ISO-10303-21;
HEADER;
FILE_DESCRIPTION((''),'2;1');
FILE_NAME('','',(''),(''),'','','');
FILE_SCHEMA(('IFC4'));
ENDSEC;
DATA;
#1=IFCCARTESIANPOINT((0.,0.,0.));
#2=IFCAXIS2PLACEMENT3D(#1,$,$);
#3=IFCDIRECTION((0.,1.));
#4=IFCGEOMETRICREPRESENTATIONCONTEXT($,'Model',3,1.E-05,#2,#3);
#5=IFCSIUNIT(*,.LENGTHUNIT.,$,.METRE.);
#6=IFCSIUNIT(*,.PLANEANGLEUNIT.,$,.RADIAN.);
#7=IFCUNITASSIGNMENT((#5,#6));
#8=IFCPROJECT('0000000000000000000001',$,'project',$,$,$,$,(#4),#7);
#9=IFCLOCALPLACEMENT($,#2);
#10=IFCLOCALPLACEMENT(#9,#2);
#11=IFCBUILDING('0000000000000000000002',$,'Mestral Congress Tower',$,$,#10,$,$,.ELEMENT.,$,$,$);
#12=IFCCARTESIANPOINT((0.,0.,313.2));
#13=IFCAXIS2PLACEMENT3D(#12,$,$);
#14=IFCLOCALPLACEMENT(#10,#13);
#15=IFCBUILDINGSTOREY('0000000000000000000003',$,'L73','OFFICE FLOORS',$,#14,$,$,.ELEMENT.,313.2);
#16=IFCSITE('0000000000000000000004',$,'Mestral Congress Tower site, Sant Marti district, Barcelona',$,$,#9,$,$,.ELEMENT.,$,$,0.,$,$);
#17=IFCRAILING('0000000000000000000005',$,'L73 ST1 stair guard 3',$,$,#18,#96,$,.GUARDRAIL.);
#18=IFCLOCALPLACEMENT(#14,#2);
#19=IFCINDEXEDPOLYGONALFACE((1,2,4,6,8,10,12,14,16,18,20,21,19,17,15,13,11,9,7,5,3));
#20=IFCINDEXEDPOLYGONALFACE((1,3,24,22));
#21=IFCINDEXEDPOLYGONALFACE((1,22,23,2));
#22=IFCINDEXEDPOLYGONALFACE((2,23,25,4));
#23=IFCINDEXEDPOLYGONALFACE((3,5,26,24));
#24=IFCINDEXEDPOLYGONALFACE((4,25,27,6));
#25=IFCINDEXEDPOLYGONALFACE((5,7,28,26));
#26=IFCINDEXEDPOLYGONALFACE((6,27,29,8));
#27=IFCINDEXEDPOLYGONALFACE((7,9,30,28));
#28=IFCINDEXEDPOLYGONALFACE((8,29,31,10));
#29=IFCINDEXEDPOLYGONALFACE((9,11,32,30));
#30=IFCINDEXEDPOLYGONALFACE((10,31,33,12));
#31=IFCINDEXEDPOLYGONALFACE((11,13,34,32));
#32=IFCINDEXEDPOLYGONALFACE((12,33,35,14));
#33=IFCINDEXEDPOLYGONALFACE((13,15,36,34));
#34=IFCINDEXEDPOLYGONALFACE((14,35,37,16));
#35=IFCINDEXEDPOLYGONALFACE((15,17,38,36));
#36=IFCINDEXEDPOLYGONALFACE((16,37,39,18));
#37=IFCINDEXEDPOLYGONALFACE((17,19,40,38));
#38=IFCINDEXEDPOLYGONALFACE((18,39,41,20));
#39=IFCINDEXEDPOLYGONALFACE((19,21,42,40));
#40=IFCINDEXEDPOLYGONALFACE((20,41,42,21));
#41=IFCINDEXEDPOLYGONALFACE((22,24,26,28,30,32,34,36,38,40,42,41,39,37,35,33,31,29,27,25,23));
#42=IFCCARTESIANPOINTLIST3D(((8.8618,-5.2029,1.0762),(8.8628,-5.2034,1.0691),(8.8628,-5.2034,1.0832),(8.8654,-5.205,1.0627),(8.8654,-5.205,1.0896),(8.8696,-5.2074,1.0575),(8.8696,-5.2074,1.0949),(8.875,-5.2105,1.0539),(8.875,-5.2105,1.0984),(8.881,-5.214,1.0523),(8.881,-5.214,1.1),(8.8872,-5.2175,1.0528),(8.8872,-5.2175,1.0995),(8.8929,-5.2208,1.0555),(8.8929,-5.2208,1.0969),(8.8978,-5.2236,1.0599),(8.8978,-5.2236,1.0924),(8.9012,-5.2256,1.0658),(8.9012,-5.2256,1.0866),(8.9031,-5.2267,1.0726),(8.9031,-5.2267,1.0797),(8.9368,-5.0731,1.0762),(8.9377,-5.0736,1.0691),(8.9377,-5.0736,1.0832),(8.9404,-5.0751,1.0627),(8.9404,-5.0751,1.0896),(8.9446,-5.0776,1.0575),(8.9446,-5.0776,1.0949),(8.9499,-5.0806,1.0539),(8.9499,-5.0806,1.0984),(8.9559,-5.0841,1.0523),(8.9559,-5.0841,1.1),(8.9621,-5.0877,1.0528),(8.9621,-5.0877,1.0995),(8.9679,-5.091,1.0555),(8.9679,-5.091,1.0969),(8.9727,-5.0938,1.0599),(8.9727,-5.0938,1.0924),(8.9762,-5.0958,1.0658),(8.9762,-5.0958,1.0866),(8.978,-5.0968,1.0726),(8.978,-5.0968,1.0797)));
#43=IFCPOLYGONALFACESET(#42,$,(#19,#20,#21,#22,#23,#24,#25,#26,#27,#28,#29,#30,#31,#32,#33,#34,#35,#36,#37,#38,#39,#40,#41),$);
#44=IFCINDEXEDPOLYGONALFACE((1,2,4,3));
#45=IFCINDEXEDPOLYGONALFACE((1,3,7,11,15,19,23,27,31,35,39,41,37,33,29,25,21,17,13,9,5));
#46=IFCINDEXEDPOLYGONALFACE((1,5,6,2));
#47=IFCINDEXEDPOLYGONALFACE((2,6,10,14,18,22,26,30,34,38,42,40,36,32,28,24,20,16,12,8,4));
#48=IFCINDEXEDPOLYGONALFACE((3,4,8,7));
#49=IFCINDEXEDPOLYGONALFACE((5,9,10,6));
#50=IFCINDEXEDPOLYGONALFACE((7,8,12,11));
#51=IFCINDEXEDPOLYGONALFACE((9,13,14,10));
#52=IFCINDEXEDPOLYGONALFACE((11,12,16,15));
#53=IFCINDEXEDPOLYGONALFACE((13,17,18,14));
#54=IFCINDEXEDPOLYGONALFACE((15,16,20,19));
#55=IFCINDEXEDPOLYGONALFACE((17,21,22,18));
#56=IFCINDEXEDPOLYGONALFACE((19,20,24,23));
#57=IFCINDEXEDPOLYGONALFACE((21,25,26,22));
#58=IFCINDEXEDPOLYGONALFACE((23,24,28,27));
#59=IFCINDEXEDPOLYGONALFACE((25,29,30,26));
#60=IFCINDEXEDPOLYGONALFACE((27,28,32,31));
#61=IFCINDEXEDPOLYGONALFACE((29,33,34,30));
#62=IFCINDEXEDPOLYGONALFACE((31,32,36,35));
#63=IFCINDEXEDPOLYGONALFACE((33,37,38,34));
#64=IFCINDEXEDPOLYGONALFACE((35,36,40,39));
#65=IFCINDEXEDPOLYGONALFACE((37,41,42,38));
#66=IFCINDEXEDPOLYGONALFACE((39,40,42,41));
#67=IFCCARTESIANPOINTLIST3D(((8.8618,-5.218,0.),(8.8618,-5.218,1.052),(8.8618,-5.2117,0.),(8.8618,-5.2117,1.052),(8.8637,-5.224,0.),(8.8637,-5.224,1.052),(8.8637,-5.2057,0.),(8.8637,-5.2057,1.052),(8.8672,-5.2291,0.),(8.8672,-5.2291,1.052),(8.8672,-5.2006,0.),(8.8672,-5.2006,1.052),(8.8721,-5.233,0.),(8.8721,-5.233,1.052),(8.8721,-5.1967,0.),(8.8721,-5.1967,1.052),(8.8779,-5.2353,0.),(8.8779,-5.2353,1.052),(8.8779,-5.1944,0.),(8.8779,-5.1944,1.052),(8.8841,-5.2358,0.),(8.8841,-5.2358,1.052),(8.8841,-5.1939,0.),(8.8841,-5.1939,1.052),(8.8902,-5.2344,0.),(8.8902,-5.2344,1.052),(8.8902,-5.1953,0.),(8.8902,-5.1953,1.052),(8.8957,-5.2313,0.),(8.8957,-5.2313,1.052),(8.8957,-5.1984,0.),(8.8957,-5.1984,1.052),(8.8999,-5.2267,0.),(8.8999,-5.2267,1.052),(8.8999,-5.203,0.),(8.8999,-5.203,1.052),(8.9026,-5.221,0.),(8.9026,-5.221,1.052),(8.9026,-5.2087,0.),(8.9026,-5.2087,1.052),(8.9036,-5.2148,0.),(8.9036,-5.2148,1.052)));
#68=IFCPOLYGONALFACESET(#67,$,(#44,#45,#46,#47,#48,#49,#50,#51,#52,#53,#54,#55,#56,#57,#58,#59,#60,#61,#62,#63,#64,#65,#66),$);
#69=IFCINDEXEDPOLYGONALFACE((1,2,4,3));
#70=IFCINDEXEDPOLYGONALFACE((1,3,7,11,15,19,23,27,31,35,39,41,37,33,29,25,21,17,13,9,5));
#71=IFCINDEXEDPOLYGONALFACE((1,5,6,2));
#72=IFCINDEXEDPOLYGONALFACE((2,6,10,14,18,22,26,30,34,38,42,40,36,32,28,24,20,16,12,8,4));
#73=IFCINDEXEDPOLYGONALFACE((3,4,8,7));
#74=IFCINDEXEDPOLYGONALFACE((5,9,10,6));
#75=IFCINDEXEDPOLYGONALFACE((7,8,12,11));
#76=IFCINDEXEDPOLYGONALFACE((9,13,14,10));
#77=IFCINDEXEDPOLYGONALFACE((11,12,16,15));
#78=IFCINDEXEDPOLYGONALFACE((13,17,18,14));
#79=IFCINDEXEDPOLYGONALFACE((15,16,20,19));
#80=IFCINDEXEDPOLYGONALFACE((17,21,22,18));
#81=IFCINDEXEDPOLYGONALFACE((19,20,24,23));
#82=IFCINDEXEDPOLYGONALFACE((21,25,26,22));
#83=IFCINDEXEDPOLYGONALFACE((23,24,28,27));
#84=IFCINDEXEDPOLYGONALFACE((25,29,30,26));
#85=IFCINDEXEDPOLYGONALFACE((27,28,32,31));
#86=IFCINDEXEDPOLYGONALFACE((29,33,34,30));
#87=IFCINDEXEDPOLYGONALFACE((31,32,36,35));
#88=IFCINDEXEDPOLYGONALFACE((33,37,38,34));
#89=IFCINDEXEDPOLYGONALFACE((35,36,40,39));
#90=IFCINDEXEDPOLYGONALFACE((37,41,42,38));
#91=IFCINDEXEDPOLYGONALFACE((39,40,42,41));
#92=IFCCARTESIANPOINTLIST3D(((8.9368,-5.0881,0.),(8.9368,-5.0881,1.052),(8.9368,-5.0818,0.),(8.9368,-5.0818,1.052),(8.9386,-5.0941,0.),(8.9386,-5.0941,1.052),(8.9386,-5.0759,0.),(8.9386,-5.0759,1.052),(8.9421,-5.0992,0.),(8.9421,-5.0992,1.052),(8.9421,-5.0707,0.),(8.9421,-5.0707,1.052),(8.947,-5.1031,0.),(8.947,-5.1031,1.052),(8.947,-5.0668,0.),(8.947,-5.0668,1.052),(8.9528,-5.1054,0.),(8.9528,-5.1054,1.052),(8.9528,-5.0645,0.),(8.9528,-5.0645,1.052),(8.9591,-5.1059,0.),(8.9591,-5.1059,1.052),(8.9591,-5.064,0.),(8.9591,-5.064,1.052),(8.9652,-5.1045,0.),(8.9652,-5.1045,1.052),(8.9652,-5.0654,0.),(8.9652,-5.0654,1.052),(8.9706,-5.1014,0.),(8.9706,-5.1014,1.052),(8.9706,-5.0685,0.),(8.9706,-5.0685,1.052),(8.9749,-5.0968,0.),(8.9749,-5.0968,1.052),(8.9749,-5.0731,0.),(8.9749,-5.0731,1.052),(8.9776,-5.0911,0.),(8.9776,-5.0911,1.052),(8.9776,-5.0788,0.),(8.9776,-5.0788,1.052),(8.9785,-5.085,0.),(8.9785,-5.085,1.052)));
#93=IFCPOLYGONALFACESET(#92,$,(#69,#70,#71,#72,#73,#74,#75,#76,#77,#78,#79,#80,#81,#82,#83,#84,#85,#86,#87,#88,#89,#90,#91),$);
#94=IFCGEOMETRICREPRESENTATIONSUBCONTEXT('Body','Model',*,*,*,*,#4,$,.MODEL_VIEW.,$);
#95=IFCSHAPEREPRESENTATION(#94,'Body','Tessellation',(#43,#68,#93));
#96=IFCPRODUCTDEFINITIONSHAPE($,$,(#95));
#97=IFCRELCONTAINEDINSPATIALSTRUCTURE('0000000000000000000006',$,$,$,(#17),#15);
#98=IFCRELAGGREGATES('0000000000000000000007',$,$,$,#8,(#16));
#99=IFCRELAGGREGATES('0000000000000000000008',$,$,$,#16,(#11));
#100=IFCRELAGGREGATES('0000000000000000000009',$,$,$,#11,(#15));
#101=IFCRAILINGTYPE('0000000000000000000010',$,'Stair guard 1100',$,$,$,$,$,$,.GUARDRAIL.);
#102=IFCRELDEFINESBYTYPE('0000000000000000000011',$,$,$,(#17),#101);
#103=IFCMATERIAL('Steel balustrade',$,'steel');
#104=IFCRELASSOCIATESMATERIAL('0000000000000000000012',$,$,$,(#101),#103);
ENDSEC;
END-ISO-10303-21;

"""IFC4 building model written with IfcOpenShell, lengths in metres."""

from ifc_helpers import new_model, si_unit, direction, frame, origin, origin_2d, place, context, subcontext, project, spatial, circle, extrude, material, type_object, element, save


model = new_model("IFC4")

# Units and contexts
model_context = context("Model", 3, precision=1e-05, world=origin(), true_north=direction((0.0, 1.0)))
body_context = subcontext(model_context, "Body", "Model", "MODEL_VIEW")
ifc_project = project(units=[si_unit("LENGTHUNIT", "METRE"), si_unit("PLANEANGLEUNIT", "RADIAN")], contexts=[model_context])

# Site, building, storey
site_placement = place(None, origin())
site = spatial("IfcSite", under=ifc_project, at=site_placement, Name="Mestral Congress Tower site, Sant Marti district, Barcelona", CompositionType="ELEMENT", RefElevation=0.0)
building_placement = place(site_placement, origin())
building = spatial("IfcBuilding", under=site, at=building_placement, Name="Mestral Congress Tower", CompositionType="ELEMENT")
storey_placement = place(building_placement, frame((0.0, 0.0, 313.2)))
storey = spatial("IfcBuildingStorey", under=building, at=storey_placement, Name="L73", Description="OFFICE FLOORS", CompositionType="ELEMENT", Elevation=313.2)

# Railing
ifc_material_1 = material(Name="Steel balustrade", Category="steel")
railing_type_1 = type_object("IfcRailingType", Name="Stair guard 1100", PredefinedType="GUARDRAIL", material=ifc_material_1)
railing_1_placement = place(storey_placement, frame((8.8826, -5.2148, 0.0)))
element("IfcRailing", 1, at=railing_1_placement, inside=storey, type_object=railing_type_1, Name="L73 ST1 stair guard 3", PredefinedType="GUARDRAIL", context=body_context, shape_type="SweptSolid", body=[
    extrude(circle(Radius=0.0239, at=origin_2d()), frame((0.0, 0.0, 1.0762), z_axis=(0.499816, 0.866131, 0.0), x_axis=(-0.866131, 0.499816, 0.0)), (0.0, 0.0, 1.0), 0.1499),
    extrude(circle(Radius=0.021, at=origin_2d()), origin(), (0.0, 0.0, 1.0), 1.052),
    extrude(circle(Radius=0.021, at=origin_2d()), frame((0.075, 0.1299, 0.0)), (0.0, 0.0, 1.0), 1.052),
])

save(model, "model.ifc")
